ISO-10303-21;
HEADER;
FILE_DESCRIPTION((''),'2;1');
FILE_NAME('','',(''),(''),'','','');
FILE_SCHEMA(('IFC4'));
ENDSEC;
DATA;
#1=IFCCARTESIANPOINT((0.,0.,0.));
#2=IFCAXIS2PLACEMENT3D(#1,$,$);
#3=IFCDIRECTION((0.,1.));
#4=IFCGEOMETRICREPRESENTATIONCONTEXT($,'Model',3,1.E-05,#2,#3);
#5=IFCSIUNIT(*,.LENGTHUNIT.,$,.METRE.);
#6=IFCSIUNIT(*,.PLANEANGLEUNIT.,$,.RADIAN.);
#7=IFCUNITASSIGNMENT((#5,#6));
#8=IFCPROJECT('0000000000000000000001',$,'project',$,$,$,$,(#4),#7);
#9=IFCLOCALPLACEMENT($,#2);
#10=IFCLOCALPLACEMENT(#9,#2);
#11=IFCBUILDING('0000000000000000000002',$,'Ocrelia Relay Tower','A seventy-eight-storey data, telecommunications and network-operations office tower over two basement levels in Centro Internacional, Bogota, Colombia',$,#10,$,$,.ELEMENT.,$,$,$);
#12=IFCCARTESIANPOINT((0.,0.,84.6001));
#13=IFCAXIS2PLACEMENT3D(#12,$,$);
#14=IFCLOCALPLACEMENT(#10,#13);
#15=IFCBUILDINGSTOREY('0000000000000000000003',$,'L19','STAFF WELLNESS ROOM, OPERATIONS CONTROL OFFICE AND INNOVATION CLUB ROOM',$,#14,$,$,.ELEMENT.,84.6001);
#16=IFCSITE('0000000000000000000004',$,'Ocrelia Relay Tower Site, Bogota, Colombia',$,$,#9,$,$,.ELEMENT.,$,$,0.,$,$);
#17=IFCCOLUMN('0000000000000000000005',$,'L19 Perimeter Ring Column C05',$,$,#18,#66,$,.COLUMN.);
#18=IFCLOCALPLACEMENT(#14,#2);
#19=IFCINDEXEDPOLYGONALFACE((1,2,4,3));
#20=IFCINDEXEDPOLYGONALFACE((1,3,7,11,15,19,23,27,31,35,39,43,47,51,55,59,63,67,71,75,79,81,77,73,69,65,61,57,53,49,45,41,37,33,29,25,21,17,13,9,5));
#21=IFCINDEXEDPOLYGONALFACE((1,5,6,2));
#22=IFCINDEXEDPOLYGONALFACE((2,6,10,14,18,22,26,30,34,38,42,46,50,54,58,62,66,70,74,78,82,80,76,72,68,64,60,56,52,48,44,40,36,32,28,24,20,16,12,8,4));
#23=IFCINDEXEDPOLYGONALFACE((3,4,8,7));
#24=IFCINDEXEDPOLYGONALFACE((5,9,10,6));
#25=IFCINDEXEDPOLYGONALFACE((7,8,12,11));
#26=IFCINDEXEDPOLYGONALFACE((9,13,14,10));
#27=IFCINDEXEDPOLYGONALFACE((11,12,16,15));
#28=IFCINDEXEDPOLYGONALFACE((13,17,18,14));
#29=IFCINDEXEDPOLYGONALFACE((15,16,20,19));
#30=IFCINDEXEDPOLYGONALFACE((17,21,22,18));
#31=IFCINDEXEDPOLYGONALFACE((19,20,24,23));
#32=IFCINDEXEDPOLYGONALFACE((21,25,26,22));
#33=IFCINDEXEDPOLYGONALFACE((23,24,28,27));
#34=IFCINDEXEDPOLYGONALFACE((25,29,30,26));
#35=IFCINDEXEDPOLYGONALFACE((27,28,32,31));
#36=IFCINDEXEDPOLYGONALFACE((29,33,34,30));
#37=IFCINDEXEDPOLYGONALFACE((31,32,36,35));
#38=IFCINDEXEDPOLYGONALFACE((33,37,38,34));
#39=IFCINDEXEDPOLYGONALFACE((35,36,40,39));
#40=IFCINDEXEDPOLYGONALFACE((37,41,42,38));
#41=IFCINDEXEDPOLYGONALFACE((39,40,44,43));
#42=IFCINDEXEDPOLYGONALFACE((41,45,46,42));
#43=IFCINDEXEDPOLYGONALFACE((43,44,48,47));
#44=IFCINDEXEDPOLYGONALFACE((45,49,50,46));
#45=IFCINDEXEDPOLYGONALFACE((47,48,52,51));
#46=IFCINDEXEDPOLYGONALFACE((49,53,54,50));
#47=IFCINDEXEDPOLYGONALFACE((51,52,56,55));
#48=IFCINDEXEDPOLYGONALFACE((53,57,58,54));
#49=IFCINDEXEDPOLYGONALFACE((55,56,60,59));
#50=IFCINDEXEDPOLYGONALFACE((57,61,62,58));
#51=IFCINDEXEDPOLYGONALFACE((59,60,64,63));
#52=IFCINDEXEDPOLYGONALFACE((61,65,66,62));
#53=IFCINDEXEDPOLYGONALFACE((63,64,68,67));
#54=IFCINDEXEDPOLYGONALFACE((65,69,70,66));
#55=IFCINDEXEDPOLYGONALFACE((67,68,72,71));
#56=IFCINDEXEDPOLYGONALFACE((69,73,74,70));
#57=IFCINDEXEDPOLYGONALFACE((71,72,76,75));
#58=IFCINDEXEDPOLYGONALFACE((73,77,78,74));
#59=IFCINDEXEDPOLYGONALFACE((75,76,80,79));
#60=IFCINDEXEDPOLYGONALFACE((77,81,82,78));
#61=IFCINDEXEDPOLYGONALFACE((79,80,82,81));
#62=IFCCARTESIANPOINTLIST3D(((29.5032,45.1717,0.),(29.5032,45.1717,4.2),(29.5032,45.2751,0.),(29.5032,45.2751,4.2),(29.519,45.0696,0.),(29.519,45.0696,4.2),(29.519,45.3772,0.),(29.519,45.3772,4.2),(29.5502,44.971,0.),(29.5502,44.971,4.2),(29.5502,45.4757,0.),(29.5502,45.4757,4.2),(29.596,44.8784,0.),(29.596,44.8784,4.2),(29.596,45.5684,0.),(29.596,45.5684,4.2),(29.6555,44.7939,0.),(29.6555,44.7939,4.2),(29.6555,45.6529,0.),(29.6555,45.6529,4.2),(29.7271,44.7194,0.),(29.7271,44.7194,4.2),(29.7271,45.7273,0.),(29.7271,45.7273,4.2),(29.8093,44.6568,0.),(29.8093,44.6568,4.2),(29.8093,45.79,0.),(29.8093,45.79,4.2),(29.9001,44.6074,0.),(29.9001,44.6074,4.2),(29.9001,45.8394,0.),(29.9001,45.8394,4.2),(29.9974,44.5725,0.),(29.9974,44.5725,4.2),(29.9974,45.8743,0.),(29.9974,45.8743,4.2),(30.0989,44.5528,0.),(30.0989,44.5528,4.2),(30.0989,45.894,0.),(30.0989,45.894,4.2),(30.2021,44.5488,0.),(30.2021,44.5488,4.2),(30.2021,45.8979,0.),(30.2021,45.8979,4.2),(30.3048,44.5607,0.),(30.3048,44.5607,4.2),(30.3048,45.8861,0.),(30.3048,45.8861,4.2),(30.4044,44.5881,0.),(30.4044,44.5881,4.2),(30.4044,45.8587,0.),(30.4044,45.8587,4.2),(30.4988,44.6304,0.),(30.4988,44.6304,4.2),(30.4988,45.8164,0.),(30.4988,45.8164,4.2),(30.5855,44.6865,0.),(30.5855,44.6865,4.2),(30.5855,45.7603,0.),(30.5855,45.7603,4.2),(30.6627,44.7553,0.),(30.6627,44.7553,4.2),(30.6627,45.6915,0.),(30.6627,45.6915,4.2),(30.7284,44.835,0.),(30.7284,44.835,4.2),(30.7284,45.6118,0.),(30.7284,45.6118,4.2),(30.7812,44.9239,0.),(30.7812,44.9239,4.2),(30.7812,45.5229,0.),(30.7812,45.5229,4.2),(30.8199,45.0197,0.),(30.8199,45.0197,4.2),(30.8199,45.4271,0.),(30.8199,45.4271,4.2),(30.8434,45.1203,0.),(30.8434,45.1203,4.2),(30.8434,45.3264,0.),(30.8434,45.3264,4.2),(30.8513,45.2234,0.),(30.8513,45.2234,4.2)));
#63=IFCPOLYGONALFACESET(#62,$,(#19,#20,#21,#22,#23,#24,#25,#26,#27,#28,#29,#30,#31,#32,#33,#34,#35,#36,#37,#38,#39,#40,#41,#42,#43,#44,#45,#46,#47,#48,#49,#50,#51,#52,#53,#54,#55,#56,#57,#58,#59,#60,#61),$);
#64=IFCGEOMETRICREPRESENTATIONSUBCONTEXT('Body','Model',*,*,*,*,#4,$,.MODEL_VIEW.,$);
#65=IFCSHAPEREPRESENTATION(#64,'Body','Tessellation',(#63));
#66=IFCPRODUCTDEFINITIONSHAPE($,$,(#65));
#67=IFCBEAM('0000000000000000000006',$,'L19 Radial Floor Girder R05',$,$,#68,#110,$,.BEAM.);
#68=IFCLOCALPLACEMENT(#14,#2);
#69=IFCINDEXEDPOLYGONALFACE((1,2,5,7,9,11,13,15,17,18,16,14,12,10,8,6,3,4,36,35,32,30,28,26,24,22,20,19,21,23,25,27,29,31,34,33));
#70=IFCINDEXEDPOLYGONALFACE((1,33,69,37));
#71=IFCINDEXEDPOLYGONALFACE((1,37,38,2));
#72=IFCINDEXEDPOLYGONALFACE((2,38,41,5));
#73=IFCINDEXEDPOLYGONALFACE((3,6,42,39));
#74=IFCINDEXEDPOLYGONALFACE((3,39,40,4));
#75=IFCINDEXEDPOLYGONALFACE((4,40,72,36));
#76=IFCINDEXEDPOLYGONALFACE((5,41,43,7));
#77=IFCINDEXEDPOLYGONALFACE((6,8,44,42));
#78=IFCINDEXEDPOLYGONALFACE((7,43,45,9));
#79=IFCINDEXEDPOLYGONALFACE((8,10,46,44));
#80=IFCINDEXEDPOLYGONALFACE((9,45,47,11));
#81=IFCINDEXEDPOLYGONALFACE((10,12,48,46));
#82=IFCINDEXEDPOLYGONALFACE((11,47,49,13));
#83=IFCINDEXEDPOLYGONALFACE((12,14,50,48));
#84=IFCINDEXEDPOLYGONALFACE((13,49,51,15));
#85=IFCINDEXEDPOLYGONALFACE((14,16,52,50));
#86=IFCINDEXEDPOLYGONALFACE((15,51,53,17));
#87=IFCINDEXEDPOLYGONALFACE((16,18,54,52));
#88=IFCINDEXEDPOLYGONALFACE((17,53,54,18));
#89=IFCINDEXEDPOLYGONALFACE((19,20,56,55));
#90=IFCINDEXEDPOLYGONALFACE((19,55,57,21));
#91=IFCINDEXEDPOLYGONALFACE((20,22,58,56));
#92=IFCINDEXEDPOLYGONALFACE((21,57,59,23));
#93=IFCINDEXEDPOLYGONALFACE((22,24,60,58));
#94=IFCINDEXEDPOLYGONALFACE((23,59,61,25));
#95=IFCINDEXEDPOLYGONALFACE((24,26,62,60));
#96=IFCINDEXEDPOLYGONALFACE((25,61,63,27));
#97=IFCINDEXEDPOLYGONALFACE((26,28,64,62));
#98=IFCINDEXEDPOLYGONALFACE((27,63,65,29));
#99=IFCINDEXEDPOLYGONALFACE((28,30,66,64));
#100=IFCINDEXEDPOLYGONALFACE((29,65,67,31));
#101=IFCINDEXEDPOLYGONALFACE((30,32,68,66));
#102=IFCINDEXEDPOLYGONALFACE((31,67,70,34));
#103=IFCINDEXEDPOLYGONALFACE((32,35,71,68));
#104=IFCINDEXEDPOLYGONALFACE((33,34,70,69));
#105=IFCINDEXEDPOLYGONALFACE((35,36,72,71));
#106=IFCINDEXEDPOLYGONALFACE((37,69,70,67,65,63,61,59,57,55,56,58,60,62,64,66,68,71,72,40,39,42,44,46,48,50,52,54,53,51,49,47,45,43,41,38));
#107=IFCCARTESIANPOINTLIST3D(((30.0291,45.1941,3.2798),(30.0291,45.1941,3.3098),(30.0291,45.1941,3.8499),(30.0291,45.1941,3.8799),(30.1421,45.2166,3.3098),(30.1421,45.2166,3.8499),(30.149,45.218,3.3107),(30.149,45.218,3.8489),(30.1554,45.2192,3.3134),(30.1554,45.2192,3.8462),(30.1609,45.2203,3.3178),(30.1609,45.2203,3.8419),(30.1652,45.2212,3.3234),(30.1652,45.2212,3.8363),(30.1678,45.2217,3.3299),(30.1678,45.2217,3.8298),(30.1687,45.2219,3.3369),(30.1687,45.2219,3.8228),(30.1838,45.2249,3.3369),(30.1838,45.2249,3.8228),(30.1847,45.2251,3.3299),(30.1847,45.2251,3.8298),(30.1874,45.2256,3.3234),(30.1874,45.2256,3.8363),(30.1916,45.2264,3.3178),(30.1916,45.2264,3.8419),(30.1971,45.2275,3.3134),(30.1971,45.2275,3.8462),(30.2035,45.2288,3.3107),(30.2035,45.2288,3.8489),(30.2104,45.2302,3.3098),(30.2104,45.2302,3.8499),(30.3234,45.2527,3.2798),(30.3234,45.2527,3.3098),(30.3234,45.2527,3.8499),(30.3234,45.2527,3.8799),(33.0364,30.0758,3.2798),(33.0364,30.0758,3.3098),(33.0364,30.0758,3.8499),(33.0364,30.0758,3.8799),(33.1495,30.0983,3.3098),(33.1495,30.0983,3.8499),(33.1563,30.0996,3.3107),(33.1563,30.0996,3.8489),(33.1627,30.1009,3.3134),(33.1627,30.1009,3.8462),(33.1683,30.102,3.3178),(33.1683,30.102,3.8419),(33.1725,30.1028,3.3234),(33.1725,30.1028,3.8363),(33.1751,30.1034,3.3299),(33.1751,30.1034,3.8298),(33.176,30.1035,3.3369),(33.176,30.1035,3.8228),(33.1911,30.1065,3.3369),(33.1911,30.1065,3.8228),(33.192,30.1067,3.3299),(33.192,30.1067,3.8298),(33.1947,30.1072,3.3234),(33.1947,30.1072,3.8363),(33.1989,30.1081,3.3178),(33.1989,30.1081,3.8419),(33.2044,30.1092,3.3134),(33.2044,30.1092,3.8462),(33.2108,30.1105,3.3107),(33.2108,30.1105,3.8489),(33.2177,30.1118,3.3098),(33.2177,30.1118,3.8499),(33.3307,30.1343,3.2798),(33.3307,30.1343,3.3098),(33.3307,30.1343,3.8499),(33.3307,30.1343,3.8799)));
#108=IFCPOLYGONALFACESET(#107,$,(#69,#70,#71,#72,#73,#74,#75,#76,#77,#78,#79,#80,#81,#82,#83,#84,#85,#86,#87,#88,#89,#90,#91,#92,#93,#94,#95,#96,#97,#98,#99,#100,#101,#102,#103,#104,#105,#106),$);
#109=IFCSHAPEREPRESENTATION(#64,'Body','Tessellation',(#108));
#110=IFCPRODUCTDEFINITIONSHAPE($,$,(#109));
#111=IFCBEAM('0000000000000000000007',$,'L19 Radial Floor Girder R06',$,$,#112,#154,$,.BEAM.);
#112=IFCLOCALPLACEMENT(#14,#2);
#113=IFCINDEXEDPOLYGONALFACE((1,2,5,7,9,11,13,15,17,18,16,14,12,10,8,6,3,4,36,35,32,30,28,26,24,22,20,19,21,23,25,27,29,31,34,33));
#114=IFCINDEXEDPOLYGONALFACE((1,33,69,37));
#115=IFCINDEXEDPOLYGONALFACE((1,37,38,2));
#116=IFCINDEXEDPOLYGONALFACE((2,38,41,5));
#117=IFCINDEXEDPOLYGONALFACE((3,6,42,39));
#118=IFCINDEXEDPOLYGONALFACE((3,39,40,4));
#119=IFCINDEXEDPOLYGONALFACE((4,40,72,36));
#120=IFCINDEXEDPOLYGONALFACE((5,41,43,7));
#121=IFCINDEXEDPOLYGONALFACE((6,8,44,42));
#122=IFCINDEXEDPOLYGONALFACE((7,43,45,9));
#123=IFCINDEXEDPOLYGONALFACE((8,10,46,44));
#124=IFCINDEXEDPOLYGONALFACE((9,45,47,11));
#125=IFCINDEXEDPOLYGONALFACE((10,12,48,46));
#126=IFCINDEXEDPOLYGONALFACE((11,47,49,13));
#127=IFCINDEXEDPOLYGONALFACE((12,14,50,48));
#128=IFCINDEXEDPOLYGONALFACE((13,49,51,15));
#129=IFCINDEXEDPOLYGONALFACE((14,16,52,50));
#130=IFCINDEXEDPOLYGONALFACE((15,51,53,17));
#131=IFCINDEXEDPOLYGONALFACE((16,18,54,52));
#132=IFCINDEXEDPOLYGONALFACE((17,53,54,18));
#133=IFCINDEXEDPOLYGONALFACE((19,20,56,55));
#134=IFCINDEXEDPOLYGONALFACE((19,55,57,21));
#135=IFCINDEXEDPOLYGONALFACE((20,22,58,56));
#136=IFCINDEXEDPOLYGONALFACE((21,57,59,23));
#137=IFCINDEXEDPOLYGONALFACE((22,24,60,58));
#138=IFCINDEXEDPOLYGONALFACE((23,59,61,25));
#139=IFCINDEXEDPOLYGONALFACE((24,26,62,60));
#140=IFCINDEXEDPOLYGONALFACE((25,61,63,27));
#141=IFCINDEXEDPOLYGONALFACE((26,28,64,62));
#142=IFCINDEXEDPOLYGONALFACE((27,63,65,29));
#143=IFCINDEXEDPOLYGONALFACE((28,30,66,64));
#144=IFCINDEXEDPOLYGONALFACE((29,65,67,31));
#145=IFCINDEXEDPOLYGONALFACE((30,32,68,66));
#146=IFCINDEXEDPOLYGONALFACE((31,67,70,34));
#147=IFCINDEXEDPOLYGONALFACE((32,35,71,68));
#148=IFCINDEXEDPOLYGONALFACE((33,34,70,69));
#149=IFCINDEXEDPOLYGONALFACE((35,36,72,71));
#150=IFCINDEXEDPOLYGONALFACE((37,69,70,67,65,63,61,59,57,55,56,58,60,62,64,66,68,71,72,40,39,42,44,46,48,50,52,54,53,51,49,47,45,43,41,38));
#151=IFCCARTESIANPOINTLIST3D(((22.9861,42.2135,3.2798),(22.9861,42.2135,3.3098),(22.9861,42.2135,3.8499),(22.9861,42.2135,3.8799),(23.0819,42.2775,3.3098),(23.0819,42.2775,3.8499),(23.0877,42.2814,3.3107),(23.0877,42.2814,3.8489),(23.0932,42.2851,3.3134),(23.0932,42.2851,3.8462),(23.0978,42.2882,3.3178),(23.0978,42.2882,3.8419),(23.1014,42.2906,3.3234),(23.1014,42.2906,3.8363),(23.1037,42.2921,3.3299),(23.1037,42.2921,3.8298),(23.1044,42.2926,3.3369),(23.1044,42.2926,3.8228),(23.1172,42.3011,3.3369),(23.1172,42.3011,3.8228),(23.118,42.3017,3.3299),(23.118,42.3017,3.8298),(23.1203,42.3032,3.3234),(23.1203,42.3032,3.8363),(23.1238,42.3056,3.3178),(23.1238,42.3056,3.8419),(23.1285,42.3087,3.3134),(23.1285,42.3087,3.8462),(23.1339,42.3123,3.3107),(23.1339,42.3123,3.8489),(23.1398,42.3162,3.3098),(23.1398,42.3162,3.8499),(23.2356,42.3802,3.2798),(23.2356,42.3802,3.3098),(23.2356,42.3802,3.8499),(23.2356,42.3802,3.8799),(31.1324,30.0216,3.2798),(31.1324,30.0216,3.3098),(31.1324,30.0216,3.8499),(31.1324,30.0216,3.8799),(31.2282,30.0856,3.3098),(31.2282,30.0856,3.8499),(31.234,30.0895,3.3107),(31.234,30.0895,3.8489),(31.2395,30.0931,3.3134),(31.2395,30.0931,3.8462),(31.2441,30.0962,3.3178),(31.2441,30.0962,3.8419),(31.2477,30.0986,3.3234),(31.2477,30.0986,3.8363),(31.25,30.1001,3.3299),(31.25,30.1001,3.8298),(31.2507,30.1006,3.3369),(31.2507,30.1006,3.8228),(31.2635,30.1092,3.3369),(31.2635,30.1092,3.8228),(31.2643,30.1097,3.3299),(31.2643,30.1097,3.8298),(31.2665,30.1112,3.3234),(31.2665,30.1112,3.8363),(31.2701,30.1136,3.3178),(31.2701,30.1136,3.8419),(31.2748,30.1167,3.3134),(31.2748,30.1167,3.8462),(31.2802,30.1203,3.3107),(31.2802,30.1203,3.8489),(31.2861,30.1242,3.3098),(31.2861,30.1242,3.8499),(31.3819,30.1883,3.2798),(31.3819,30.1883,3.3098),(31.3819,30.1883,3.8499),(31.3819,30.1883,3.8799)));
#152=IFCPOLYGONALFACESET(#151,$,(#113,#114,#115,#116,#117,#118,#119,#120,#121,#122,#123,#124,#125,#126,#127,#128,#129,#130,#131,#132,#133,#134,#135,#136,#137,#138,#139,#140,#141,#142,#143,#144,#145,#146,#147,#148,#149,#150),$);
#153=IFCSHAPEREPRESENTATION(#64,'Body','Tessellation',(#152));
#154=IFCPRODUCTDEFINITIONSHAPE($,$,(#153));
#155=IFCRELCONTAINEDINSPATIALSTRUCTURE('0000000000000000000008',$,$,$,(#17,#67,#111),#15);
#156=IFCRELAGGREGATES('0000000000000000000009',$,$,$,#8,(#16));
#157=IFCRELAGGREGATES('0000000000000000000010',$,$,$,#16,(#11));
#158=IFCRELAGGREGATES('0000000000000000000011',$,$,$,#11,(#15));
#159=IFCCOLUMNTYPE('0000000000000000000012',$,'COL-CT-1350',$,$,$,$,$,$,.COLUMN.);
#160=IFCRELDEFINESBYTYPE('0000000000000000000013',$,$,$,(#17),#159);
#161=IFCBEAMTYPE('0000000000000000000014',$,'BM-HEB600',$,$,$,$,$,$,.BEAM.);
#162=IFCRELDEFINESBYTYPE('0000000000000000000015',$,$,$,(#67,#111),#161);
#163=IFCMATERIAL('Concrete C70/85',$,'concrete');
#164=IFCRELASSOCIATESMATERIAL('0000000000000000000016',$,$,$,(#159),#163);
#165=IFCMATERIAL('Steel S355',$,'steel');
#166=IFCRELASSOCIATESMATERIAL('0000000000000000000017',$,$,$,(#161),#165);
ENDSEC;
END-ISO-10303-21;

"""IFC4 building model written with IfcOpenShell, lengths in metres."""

from ifc_helpers import new_model, si_unit, direction, frame, origin, origin_2d, place, context, subcontext, project, spatial, circle, i_section, extrude, material, material_profile, profile_set, type_object, element, save


model = new_model("IFC4")

# Units and contexts
model_context = context("Model", 3, precision=1e-05, world=origin(), true_north=direction((0.0, 1.0)))
body_context = subcontext(model_context, "Body", "Model", "MODEL_VIEW")
ifc_project = project(units=[si_unit("LENGTHUNIT", "METRE"), si_unit("PLANEANGLEUNIT", "RADIAN")], contexts=[model_context])

# Site, building, storey
site_placement = place(None, origin())
site = spatial("IfcSite", under=ifc_project, at=site_placement, Name="Ocrelia Relay Tower Site, Bogota, Colombia", CompositionType="ELEMENT", RefElevation=0.0)
building_placement = place(site_placement, origin())
building = spatial("IfcBuilding", under=site, at=building_placement, Name="Ocrelia Relay Tower", Description="A seventy-eight-storey data, telecommunications and network-operations office tower over two basement levels in Centro Internacional, Bogota, Colombia", CompositionType="ELEMENT")
storey_placement = place(building_placement, frame((0.0, 0.0, 84.6001)))
storey = spatial("IfcBuildingStorey", under=building, at=storey_placement, Name="L19", Description="STAFF WELLNESS ROOM, OPERATIONS CONTROL OFFICE AND INNOVATION CLUB ROOM", CompositionType="ELEMENT", Elevation=84.6001)

# Column
ifc_material_1 = material(Name="Concrete C70/85", Category="concrete")
ifc_material_profile_1 = material_profile(ifc_material_1, circle(Radius=0.675, at=origin_2d()), Name="RC-CIR-1350")
ifc_profile_set_1 = profile_set([ifc_material_profile_1], Name="Concrete C70/85")
column_type = type_object("IfcColumnType", Name="COL-CT-1350", PredefinedType="COLUMN", material=ifc_profile_set_1)
column_placement = place(storey_placement, frame((30.1763, 45.2234, 0.0), z_axis=(0.0, 0.0, 1.0), x_axis=(1.0, 0.0, 0.0)))
element("IfcColumn", 1, at=column_placement, inside=storey, type_object=column_type, Name="L19 Perimeter Ring Column C05", PredefinedType="COLUMN", context=body_context, shape_type="SweptSolid", body=[
    extrude(circle(Radius=0.675, at=origin_2d()), origin(), (0.0, 0.0, 1.0), 4.2),
])

# Beams
ifc_material_2 = material(Name="Steel S355", Category="steel")
ifc_material_profile_2 = material_profile(ifc_material_2, i_section(OverallWidth=0.3, OverallDepth=0.6001, WebThickness=0.0154, FlangeThickness=0.03, FilletRadius=0.0271, at=origin_2d()), Name="HEB 600")
ifc_profile_set_2 = profile_set([ifc_material_profile_2], Name="Steel S355")
beam_type_1 = type_object("IfcBeamType", Name="BM-HEB600", PredefinedType="BEAM", material=ifc_profile_set_2)
beam_1_placement = place(storey_placement, frame((30.1763, 45.2234, 3.5798), z_axis=(0.195096, -0.980784, 0.0), x_axis=(0.980784, 0.195096, 0.0)))
element("IfcBeam", 2, at=beam_1_placement, inside=storey, type_object=beam_type_1, Name="L19 Radial Floor Girder R05", PredefinedType="BEAM", context=body_context, shape_type="SweptSolid", body=[
    extrude(i_section(OverallWidth=0.3, OverallDepth=0.6001, WebThickness=0.0154, FlangeThickness=0.03, FilletRadius=0.0271, at=origin_2d()), origin(), (0.0, 0.0, 1.0), 15.4146),
])
beam_2_placement = place(storey_placement, frame((23.1108, 42.2969, 3.5798), z_axis=(0.555564, -0.831473, 0.0), x_axis=(0.831473, 0.555564, 0.0)))
element("IfcBeam", 3, at=beam_2_placement, inside=storey, type_object=beam_type_1, Name="L19 Radial Floor Girder R06", PredefinedType="BEAM", context=body_context, shape_type="SweptSolid", body=[
    extrude(i_section(OverallWidth=0.3, OverallDepth=0.6001, WebThickness=0.0154, FlangeThickness=0.03, FilletRadius=0.0271, at=origin_2d()), origin(), (0.0, 0.0, 1.0), 14.6631),
])

save(model, "model.ifc")
